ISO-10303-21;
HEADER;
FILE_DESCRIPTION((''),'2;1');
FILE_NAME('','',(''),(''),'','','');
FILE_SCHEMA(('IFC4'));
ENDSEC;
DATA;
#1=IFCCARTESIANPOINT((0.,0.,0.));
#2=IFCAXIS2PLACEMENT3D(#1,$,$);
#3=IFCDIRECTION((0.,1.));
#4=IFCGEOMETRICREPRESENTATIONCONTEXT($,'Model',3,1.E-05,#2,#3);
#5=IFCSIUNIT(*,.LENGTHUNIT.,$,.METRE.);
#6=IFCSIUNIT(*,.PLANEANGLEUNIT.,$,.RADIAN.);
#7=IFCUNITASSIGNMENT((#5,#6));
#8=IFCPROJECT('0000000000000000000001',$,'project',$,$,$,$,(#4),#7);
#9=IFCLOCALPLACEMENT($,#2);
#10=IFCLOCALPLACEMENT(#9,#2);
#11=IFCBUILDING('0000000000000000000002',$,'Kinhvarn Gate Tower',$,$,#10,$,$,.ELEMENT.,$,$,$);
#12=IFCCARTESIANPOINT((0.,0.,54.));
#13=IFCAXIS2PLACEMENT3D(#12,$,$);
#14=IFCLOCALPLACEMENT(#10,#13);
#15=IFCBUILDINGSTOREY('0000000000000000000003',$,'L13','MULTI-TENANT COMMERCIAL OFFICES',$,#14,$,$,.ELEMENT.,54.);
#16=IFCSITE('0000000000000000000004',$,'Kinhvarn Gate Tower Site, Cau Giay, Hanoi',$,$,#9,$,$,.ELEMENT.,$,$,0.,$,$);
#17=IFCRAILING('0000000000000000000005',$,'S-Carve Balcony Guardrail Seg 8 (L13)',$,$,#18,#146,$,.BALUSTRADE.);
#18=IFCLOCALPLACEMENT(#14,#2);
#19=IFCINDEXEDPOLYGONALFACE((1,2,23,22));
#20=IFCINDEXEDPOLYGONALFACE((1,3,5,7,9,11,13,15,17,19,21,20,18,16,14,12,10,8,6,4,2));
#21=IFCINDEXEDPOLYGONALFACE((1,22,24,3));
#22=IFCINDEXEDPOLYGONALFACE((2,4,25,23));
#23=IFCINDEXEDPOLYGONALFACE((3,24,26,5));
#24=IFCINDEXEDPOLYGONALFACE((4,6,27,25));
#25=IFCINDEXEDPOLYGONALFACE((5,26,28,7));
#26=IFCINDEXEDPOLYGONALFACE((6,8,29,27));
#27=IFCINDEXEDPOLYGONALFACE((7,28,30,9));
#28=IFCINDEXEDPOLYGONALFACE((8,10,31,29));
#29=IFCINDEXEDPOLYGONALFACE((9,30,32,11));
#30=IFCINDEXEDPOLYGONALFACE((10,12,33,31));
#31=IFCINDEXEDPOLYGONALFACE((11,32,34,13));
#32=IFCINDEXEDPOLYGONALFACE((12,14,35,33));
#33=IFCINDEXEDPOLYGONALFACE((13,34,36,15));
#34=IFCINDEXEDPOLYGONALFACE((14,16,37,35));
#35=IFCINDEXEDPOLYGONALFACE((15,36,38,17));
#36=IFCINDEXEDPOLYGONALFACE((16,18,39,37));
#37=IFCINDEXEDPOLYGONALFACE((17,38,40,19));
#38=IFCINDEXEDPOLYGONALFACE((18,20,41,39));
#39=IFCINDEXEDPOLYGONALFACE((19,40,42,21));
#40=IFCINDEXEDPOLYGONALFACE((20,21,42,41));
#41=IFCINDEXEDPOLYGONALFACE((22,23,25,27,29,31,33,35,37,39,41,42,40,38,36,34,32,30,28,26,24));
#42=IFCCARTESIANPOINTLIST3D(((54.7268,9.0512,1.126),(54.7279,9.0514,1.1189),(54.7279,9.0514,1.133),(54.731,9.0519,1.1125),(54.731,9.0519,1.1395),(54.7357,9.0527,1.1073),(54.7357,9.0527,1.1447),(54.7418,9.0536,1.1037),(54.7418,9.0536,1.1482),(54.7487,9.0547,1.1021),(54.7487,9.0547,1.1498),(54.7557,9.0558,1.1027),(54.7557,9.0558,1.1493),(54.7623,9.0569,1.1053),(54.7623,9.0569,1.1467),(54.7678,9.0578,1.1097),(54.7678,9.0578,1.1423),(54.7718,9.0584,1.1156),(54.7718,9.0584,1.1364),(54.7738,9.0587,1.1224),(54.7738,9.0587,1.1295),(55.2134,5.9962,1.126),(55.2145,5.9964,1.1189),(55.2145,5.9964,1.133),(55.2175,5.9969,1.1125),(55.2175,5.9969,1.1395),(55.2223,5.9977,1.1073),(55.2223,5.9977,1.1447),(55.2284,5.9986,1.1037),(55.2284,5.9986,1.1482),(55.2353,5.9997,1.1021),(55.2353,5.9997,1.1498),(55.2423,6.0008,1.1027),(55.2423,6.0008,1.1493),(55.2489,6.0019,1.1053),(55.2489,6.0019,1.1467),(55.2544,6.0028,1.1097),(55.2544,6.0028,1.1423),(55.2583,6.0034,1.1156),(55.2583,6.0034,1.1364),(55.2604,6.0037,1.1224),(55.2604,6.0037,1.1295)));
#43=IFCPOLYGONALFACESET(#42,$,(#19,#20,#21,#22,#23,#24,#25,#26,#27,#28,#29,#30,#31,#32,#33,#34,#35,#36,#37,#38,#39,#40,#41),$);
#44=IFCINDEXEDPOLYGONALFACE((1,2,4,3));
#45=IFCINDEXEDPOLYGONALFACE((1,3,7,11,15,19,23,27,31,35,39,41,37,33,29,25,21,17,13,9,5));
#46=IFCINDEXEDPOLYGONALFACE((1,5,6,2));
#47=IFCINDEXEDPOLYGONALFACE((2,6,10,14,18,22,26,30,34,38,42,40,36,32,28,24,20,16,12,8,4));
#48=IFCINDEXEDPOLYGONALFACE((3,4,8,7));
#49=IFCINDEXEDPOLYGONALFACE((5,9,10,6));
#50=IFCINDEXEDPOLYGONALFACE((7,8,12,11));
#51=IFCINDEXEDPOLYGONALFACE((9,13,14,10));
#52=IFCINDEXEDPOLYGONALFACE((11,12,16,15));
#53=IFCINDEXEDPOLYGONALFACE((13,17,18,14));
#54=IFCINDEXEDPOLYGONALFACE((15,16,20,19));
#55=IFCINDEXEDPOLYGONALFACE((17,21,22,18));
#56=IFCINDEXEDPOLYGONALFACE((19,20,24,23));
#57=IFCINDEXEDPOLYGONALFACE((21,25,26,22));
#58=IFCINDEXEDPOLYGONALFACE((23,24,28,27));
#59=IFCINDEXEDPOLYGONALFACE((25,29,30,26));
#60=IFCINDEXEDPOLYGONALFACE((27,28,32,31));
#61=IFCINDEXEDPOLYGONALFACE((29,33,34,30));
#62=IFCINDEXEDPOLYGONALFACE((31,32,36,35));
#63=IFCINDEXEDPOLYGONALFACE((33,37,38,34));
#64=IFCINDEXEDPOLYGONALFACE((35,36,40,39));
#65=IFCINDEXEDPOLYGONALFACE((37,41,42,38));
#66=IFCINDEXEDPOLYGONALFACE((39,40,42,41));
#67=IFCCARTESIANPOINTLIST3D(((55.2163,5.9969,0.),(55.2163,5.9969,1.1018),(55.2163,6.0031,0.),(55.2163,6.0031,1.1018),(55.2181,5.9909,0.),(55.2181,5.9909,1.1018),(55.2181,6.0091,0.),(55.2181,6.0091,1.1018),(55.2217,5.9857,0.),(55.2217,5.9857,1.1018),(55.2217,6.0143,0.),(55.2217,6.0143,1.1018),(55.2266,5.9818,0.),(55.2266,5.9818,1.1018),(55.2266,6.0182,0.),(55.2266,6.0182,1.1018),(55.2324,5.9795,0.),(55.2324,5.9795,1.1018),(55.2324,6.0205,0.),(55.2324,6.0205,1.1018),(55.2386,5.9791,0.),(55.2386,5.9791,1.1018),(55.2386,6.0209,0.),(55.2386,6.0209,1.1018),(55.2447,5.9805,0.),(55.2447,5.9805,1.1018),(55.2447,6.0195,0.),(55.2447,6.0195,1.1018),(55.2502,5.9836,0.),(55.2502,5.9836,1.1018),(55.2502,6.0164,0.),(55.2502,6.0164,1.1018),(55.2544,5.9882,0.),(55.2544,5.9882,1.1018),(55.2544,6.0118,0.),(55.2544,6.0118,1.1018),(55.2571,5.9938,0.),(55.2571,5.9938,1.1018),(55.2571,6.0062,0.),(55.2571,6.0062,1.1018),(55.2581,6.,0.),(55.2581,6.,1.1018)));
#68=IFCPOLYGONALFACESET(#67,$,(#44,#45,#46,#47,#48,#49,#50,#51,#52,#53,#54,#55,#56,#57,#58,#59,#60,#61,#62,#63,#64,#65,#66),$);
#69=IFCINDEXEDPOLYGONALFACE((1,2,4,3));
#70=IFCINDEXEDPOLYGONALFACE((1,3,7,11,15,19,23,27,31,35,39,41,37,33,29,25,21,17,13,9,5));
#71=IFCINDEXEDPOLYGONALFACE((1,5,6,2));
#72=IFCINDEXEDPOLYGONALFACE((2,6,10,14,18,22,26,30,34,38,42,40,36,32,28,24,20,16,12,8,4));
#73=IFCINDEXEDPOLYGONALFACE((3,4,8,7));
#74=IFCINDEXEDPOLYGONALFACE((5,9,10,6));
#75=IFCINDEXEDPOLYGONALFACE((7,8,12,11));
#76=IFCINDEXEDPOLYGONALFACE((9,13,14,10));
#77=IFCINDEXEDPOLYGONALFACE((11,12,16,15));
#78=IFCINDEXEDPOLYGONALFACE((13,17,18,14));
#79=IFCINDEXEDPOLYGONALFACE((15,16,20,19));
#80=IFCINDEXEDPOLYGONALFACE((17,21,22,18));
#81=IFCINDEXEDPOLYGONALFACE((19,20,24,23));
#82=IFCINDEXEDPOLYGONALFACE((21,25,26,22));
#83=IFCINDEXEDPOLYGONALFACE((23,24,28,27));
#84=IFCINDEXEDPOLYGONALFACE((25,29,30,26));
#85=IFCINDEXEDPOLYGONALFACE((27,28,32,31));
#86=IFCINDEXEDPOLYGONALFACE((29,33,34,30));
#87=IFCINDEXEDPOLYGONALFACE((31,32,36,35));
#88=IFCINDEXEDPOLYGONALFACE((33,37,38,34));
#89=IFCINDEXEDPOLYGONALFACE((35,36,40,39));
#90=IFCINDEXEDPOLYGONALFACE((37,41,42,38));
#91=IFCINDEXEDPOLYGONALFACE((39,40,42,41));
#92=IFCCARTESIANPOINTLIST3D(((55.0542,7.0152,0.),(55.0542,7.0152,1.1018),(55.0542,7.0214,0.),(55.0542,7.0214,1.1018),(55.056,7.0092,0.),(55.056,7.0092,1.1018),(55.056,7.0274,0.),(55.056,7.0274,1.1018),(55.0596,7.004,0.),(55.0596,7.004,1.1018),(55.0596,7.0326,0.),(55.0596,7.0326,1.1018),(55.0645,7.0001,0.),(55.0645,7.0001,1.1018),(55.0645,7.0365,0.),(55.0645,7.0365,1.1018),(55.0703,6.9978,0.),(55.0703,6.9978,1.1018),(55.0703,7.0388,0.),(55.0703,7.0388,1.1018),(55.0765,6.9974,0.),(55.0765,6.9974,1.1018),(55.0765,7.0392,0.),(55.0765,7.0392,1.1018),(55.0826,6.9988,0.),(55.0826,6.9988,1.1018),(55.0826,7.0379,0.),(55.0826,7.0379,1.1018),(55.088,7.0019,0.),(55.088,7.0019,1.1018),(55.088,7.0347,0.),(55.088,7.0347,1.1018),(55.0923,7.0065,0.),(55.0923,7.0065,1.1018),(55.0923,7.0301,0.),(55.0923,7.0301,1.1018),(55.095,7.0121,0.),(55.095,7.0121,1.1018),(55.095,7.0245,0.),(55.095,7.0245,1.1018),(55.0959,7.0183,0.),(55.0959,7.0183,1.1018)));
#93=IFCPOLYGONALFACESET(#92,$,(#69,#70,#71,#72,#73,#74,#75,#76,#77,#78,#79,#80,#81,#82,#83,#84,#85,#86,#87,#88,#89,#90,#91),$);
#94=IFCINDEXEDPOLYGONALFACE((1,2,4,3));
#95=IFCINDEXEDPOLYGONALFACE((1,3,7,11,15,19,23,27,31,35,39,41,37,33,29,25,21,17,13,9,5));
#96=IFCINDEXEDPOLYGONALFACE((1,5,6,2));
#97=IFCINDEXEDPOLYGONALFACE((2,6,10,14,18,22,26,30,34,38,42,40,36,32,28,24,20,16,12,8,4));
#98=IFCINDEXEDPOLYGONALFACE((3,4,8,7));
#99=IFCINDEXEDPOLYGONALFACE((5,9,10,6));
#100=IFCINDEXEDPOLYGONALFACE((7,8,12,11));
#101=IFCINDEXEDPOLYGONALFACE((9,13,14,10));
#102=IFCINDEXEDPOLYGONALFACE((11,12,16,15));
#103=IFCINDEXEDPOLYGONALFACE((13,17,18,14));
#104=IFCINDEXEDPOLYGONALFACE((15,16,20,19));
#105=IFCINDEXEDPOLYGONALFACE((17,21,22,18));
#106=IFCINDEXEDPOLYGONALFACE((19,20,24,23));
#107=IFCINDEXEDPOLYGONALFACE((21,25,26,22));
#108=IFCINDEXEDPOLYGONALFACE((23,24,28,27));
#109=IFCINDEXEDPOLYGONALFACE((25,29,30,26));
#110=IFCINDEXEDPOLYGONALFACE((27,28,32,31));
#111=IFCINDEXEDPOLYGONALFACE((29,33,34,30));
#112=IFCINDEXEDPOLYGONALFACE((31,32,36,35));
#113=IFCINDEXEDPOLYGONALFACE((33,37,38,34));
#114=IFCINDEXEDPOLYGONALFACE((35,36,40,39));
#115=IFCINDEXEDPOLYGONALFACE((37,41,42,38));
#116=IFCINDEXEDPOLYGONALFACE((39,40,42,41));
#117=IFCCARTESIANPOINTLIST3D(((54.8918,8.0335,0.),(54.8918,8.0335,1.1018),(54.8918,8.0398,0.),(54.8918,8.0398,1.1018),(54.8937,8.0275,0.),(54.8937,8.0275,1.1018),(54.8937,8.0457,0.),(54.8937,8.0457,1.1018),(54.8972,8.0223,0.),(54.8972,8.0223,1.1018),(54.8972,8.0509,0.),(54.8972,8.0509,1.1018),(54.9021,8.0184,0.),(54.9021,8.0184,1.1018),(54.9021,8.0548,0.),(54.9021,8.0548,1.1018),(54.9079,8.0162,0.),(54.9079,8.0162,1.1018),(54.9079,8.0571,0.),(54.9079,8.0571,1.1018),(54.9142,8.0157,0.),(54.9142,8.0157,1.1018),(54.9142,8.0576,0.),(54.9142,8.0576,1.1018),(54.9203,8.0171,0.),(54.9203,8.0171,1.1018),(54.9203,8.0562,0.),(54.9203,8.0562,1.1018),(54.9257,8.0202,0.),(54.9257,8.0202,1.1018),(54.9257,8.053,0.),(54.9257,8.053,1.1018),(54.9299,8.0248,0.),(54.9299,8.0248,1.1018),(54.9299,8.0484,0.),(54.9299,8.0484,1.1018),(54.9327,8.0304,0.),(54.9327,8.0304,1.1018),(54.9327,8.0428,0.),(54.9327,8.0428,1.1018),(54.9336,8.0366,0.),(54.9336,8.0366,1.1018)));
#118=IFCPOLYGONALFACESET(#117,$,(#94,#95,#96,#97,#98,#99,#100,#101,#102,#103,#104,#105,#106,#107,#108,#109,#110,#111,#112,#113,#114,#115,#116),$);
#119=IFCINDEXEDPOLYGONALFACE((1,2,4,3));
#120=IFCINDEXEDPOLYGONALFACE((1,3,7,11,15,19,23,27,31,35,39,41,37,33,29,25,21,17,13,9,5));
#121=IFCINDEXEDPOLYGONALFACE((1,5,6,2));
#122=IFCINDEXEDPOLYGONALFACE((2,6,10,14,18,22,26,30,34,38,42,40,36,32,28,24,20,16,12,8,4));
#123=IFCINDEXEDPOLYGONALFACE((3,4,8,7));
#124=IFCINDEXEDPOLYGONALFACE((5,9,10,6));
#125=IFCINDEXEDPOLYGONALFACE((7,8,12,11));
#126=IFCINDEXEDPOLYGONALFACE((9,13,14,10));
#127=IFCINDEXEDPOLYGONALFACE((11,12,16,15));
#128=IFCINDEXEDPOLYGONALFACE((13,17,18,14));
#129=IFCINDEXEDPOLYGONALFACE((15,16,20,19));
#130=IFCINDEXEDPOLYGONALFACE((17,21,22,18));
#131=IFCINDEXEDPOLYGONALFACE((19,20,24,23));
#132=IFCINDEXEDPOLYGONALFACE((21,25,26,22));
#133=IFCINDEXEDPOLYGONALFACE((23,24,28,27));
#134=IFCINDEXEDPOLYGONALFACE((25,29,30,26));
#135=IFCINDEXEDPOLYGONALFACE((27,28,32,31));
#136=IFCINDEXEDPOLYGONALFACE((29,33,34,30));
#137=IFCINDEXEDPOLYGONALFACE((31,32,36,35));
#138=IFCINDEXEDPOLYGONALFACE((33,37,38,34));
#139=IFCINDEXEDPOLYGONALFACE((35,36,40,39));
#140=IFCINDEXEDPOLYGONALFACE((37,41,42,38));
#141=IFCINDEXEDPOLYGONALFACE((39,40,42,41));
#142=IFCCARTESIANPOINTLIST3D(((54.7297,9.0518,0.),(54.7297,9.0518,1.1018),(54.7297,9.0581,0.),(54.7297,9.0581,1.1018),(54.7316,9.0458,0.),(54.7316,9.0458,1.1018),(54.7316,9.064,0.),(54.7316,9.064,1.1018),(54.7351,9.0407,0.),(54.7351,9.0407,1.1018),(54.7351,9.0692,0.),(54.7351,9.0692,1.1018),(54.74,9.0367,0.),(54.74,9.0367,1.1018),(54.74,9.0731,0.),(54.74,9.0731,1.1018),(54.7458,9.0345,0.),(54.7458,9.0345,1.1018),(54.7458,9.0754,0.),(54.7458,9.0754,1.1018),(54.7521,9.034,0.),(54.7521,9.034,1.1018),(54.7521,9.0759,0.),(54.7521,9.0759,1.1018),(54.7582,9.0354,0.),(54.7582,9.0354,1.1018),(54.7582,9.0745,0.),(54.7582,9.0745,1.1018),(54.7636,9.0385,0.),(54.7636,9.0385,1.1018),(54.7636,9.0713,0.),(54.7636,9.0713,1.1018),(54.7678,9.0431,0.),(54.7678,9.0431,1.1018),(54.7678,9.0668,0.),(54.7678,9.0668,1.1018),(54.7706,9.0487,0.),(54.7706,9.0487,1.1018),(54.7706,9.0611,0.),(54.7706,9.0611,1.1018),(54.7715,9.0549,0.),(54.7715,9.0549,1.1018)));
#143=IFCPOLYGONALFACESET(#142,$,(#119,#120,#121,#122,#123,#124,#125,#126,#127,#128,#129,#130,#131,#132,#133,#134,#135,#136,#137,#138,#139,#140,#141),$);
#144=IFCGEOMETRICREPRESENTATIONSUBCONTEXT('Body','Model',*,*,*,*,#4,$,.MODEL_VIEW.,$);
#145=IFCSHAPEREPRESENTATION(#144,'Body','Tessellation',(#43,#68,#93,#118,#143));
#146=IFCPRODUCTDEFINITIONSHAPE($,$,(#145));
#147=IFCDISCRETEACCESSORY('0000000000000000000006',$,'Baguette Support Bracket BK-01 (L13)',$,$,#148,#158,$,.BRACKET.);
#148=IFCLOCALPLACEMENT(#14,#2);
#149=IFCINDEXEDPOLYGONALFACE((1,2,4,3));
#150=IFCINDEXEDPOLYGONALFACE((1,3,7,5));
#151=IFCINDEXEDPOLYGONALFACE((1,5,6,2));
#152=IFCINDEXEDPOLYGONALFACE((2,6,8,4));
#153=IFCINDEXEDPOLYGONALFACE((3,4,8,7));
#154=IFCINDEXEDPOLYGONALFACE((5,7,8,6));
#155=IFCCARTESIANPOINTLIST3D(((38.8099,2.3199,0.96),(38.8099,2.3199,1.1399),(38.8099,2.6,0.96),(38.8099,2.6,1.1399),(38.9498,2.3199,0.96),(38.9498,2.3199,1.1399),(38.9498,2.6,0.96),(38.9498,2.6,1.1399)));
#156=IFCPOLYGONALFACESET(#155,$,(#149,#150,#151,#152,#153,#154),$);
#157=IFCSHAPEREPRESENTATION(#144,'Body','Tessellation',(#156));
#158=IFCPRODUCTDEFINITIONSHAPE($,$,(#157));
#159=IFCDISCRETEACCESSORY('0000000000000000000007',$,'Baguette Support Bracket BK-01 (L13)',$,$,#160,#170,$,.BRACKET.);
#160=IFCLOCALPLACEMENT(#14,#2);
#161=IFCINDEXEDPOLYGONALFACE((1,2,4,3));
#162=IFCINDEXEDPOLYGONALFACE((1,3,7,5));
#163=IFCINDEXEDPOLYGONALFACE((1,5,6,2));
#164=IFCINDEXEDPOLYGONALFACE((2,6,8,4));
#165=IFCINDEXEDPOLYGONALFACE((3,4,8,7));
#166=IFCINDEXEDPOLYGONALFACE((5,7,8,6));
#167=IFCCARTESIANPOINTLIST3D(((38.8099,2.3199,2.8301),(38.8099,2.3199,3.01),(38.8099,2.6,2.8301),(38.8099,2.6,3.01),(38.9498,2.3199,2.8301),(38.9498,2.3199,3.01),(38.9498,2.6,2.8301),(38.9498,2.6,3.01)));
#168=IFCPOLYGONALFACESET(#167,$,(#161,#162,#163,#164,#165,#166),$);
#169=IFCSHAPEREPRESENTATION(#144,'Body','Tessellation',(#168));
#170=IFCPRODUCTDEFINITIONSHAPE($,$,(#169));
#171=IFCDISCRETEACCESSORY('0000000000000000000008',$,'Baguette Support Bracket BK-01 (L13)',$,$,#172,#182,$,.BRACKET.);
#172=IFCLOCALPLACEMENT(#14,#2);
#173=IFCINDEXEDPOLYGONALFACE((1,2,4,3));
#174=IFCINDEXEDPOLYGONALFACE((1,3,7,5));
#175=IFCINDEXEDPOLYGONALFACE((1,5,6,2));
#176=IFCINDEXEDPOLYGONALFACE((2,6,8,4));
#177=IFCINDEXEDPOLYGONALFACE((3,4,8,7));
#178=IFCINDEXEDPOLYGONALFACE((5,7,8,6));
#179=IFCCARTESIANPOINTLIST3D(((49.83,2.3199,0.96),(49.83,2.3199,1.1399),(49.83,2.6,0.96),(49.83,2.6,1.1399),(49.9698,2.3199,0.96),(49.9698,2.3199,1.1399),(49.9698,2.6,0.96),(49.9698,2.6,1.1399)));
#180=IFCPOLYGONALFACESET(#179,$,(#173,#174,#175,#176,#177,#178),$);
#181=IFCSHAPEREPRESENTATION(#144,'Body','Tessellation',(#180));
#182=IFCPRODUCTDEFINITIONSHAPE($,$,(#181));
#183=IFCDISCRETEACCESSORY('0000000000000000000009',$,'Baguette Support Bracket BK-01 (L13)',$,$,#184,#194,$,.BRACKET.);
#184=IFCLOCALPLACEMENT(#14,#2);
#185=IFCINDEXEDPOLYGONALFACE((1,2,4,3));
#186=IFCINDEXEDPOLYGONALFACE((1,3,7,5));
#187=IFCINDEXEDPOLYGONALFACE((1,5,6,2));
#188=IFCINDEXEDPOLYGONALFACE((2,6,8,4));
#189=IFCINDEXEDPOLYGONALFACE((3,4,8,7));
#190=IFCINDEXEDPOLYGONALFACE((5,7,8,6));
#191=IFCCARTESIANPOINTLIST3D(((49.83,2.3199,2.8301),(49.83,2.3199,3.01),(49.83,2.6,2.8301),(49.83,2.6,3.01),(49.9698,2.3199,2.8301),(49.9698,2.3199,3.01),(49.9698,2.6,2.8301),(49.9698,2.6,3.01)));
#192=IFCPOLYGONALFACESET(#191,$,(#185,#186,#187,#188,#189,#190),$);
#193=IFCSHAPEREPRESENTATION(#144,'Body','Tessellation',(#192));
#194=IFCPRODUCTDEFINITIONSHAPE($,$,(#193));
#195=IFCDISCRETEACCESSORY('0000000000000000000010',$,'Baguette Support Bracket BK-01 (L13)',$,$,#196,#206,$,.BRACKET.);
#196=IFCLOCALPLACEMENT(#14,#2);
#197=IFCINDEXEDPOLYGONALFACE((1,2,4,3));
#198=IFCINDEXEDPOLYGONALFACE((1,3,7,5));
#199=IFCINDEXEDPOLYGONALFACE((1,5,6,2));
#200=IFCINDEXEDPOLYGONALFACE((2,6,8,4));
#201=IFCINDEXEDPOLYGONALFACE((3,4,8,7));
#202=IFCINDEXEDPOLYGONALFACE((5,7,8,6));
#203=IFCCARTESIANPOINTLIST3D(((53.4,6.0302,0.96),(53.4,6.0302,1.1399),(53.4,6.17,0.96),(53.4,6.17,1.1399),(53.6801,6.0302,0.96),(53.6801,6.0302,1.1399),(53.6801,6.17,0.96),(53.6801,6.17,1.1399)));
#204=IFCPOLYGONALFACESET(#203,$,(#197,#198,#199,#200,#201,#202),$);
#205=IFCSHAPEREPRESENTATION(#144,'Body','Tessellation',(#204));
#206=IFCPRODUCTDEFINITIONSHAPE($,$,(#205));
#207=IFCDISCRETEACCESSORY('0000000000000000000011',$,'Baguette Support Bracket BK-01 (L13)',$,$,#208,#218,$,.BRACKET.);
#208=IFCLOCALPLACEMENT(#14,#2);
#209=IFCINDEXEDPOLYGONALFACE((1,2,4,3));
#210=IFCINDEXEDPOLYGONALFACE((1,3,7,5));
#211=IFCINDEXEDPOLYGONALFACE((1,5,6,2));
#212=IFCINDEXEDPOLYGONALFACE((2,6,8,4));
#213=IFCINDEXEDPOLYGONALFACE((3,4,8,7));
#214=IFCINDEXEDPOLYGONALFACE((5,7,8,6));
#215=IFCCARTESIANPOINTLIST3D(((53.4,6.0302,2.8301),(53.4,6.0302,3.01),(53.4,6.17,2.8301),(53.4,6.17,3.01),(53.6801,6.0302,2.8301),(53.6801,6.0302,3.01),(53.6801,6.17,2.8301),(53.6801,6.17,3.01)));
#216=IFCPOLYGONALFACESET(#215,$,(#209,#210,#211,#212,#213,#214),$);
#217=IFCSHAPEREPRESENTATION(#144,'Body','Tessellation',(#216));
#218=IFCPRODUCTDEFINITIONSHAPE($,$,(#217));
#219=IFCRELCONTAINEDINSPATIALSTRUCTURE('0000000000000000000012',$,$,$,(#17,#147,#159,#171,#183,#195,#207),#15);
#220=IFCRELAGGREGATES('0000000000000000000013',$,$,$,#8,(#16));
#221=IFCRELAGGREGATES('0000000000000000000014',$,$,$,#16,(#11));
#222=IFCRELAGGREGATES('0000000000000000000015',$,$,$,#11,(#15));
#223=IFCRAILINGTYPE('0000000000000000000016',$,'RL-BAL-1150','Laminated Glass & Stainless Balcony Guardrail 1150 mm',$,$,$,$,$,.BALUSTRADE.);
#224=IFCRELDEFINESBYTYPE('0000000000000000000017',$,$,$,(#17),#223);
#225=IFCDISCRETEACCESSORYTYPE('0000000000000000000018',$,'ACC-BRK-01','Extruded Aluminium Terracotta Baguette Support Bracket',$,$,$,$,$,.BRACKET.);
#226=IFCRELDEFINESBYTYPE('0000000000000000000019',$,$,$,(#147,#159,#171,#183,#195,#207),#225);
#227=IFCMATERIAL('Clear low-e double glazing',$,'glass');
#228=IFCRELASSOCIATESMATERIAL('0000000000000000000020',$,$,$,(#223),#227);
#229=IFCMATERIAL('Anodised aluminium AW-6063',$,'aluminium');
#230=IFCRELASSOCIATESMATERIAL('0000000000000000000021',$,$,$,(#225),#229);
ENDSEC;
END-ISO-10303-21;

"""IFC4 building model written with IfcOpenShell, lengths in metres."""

from ifc_helpers import new_model, si_unit, direction, frame, origin, origin_2d, place, context, subcontext, project, spatial, rectangle, circle, extrude, material, type_object, element, save


model = new_model("IFC4")

# Units and contexts
model_context = context("Model", 3, precision=1e-05, world=origin(), true_north=direction((0.0, 1.0)))
body_context = subcontext(model_context, "Body", "Model", "MODEL_VIEW")
ifc_project = project(units=[si_unit("LENGTHUNIT", "METRE"), si_unit("PLANEANGLEUNIT", "RADIAN")], contexts=[model_context])

# Site, building, storey
site_placement = place(None, origin())
site = spatial("IfcSite", under=ifc_project, at=site_placement, Name="Kinhvarn Gate Tower Site, Cau Giay, Hanoi", CompositionType="ELEMENT", RefElevation=0.0)
building_placement = place(site_placement, origin())
building = spatial("IfcBuilding", under=site, at=building_placement, Name="Kinhvarn Gate Tower", CompositionType="ELEMENT")
storey_placement = place(building_placement, frame((0.0, 0.0, 54.0)))
storey = spatial("IfcBuildingStorey", under=building, at=storey_placement, Name="L13", Description="MULTI-TENANT COMMERCIAL OFFICES", CompositionType="ELEMENT", Elevation=54.0)

# Shared definitions
ifc_material_1 = material(Name="Anodised aluminium AW-6063", Category="aluminium")

# Shared definitions
ifc_material_2 = material(Name="Clear low-e double glazing", Category="glass")

# Railing
railing_type = type_object("IfcRailingType", Name="RL-BAL-1150", Description="Laminated Glass & Stainless Balcony Guardrail 1150 mm", PredefinedType="BALUSTRADE", material=ifc_material_2)
railing_1_placement = place(storey_placement, frame((55.2371, 6.0, 0.0)))
element("IfcRailing", 1, at=railing_1_placement, inside=storey, type_object=railing_type, Name="S-Carve Balcony Guardrail Seg 8 (L13)", PredefinedType="BALUSTRADE", context=body_context, shape_type="SweptSolid", body=[
    extrude(circle(Radius=0.0239, at=origin_2d()), frame((0.0, 0.0, 1.126), z_axis=(-0.157292, 0.987552, 0.0), x_axis=(-0.987552, -0.157292, 0.0)), (0.0, 0.0, 1.0), 3.0935),
    extrude(circle(Radius=0.021, at=origin_2d()), origin(), (0.0, 0.0, 1.0), 1.1018),
    extrude(circle(Radius=0.021, at=origin_2d()), frame((-0.1621, 1.0183, 0.0)), (0.0, 0.0, 1.0), 1.1018),
    extrude(circle(Radius=0.021, at=origin_2d()), frame((-0.3245, 2.0366, 0.0)), (0.0, 0.0, 1.0), 1.1018),
    extrude(circle(Radius=0.021, at=origin_2d()), frame((-0.4866, 3.0549, 0.0)), (0.0, 0.0, 1.0), 1.1018),
])

# Discrete accessories
discrete_accessory_type = type_object("IfcDiscreteAccessoryType", Name="ACC-BRK-01", Description="Extruded Aluminium Terracotta Baguette Support Bracket", PredefinedType="BRACKET", material=ifc_material_1)
for number, where, z_axis, x_axis, name in (
    (2, (38.8799, 2.46, 0.96), (0.0, 0.0, 1.0), (1.0, 0.0, 0.0), "Baguette Support Bracket BK-01 (L13)"),
    (3, (38.8799, 2.46, 2.8301), (0.0, 0.0, 1.0), (1.0, 0.0, 0.0), "Baguette Support Bracket BK-01 (L13)"),
    (4, (49.8999, 2.46, 0.96), (0.0, 0.0, 1.0), (1.0, 0.0, 0.0), "Baguette Support Bracket BK-01 (L13)"),
    (5, (49.8999, 2.46, 2.8301), (0.0, 0.0, 1.0), (1.0, 0.0, 0.0), "Baguette Support Bracket BK-01 (L13)"),
    (6, (53.54, 6.1001, 0.96), (0.0, 0.0, 1.0), (0.0, 1.0, 0.0), "Baguette Support Bracket BK-01 (L13)"),
    (7, (53.54, 6.1001, 2.8301), (0.0, 0.0, 1.0), (0.0, 1.0, 0.0), "Baguette Support Bracket BK-01 (L13)"),
):
    element("IfcDiscreteAccessory", number, at=place(storey_placement, frame(where, z_axis=z_axis, x_axis=x_axis)), inside=storey, type_object=discrete_accessory_type, Name=name, PredefinedType="BRACKET", context=body_context, shape_type="SweptSolid", body=[
        extrude(rectangle(XDim=0.1399, YDim=0.28, at=origin_2d()), origin(), (0.0, 0.0, 1.0), 0.1799),
    ])

save(model, "model.ifc")
